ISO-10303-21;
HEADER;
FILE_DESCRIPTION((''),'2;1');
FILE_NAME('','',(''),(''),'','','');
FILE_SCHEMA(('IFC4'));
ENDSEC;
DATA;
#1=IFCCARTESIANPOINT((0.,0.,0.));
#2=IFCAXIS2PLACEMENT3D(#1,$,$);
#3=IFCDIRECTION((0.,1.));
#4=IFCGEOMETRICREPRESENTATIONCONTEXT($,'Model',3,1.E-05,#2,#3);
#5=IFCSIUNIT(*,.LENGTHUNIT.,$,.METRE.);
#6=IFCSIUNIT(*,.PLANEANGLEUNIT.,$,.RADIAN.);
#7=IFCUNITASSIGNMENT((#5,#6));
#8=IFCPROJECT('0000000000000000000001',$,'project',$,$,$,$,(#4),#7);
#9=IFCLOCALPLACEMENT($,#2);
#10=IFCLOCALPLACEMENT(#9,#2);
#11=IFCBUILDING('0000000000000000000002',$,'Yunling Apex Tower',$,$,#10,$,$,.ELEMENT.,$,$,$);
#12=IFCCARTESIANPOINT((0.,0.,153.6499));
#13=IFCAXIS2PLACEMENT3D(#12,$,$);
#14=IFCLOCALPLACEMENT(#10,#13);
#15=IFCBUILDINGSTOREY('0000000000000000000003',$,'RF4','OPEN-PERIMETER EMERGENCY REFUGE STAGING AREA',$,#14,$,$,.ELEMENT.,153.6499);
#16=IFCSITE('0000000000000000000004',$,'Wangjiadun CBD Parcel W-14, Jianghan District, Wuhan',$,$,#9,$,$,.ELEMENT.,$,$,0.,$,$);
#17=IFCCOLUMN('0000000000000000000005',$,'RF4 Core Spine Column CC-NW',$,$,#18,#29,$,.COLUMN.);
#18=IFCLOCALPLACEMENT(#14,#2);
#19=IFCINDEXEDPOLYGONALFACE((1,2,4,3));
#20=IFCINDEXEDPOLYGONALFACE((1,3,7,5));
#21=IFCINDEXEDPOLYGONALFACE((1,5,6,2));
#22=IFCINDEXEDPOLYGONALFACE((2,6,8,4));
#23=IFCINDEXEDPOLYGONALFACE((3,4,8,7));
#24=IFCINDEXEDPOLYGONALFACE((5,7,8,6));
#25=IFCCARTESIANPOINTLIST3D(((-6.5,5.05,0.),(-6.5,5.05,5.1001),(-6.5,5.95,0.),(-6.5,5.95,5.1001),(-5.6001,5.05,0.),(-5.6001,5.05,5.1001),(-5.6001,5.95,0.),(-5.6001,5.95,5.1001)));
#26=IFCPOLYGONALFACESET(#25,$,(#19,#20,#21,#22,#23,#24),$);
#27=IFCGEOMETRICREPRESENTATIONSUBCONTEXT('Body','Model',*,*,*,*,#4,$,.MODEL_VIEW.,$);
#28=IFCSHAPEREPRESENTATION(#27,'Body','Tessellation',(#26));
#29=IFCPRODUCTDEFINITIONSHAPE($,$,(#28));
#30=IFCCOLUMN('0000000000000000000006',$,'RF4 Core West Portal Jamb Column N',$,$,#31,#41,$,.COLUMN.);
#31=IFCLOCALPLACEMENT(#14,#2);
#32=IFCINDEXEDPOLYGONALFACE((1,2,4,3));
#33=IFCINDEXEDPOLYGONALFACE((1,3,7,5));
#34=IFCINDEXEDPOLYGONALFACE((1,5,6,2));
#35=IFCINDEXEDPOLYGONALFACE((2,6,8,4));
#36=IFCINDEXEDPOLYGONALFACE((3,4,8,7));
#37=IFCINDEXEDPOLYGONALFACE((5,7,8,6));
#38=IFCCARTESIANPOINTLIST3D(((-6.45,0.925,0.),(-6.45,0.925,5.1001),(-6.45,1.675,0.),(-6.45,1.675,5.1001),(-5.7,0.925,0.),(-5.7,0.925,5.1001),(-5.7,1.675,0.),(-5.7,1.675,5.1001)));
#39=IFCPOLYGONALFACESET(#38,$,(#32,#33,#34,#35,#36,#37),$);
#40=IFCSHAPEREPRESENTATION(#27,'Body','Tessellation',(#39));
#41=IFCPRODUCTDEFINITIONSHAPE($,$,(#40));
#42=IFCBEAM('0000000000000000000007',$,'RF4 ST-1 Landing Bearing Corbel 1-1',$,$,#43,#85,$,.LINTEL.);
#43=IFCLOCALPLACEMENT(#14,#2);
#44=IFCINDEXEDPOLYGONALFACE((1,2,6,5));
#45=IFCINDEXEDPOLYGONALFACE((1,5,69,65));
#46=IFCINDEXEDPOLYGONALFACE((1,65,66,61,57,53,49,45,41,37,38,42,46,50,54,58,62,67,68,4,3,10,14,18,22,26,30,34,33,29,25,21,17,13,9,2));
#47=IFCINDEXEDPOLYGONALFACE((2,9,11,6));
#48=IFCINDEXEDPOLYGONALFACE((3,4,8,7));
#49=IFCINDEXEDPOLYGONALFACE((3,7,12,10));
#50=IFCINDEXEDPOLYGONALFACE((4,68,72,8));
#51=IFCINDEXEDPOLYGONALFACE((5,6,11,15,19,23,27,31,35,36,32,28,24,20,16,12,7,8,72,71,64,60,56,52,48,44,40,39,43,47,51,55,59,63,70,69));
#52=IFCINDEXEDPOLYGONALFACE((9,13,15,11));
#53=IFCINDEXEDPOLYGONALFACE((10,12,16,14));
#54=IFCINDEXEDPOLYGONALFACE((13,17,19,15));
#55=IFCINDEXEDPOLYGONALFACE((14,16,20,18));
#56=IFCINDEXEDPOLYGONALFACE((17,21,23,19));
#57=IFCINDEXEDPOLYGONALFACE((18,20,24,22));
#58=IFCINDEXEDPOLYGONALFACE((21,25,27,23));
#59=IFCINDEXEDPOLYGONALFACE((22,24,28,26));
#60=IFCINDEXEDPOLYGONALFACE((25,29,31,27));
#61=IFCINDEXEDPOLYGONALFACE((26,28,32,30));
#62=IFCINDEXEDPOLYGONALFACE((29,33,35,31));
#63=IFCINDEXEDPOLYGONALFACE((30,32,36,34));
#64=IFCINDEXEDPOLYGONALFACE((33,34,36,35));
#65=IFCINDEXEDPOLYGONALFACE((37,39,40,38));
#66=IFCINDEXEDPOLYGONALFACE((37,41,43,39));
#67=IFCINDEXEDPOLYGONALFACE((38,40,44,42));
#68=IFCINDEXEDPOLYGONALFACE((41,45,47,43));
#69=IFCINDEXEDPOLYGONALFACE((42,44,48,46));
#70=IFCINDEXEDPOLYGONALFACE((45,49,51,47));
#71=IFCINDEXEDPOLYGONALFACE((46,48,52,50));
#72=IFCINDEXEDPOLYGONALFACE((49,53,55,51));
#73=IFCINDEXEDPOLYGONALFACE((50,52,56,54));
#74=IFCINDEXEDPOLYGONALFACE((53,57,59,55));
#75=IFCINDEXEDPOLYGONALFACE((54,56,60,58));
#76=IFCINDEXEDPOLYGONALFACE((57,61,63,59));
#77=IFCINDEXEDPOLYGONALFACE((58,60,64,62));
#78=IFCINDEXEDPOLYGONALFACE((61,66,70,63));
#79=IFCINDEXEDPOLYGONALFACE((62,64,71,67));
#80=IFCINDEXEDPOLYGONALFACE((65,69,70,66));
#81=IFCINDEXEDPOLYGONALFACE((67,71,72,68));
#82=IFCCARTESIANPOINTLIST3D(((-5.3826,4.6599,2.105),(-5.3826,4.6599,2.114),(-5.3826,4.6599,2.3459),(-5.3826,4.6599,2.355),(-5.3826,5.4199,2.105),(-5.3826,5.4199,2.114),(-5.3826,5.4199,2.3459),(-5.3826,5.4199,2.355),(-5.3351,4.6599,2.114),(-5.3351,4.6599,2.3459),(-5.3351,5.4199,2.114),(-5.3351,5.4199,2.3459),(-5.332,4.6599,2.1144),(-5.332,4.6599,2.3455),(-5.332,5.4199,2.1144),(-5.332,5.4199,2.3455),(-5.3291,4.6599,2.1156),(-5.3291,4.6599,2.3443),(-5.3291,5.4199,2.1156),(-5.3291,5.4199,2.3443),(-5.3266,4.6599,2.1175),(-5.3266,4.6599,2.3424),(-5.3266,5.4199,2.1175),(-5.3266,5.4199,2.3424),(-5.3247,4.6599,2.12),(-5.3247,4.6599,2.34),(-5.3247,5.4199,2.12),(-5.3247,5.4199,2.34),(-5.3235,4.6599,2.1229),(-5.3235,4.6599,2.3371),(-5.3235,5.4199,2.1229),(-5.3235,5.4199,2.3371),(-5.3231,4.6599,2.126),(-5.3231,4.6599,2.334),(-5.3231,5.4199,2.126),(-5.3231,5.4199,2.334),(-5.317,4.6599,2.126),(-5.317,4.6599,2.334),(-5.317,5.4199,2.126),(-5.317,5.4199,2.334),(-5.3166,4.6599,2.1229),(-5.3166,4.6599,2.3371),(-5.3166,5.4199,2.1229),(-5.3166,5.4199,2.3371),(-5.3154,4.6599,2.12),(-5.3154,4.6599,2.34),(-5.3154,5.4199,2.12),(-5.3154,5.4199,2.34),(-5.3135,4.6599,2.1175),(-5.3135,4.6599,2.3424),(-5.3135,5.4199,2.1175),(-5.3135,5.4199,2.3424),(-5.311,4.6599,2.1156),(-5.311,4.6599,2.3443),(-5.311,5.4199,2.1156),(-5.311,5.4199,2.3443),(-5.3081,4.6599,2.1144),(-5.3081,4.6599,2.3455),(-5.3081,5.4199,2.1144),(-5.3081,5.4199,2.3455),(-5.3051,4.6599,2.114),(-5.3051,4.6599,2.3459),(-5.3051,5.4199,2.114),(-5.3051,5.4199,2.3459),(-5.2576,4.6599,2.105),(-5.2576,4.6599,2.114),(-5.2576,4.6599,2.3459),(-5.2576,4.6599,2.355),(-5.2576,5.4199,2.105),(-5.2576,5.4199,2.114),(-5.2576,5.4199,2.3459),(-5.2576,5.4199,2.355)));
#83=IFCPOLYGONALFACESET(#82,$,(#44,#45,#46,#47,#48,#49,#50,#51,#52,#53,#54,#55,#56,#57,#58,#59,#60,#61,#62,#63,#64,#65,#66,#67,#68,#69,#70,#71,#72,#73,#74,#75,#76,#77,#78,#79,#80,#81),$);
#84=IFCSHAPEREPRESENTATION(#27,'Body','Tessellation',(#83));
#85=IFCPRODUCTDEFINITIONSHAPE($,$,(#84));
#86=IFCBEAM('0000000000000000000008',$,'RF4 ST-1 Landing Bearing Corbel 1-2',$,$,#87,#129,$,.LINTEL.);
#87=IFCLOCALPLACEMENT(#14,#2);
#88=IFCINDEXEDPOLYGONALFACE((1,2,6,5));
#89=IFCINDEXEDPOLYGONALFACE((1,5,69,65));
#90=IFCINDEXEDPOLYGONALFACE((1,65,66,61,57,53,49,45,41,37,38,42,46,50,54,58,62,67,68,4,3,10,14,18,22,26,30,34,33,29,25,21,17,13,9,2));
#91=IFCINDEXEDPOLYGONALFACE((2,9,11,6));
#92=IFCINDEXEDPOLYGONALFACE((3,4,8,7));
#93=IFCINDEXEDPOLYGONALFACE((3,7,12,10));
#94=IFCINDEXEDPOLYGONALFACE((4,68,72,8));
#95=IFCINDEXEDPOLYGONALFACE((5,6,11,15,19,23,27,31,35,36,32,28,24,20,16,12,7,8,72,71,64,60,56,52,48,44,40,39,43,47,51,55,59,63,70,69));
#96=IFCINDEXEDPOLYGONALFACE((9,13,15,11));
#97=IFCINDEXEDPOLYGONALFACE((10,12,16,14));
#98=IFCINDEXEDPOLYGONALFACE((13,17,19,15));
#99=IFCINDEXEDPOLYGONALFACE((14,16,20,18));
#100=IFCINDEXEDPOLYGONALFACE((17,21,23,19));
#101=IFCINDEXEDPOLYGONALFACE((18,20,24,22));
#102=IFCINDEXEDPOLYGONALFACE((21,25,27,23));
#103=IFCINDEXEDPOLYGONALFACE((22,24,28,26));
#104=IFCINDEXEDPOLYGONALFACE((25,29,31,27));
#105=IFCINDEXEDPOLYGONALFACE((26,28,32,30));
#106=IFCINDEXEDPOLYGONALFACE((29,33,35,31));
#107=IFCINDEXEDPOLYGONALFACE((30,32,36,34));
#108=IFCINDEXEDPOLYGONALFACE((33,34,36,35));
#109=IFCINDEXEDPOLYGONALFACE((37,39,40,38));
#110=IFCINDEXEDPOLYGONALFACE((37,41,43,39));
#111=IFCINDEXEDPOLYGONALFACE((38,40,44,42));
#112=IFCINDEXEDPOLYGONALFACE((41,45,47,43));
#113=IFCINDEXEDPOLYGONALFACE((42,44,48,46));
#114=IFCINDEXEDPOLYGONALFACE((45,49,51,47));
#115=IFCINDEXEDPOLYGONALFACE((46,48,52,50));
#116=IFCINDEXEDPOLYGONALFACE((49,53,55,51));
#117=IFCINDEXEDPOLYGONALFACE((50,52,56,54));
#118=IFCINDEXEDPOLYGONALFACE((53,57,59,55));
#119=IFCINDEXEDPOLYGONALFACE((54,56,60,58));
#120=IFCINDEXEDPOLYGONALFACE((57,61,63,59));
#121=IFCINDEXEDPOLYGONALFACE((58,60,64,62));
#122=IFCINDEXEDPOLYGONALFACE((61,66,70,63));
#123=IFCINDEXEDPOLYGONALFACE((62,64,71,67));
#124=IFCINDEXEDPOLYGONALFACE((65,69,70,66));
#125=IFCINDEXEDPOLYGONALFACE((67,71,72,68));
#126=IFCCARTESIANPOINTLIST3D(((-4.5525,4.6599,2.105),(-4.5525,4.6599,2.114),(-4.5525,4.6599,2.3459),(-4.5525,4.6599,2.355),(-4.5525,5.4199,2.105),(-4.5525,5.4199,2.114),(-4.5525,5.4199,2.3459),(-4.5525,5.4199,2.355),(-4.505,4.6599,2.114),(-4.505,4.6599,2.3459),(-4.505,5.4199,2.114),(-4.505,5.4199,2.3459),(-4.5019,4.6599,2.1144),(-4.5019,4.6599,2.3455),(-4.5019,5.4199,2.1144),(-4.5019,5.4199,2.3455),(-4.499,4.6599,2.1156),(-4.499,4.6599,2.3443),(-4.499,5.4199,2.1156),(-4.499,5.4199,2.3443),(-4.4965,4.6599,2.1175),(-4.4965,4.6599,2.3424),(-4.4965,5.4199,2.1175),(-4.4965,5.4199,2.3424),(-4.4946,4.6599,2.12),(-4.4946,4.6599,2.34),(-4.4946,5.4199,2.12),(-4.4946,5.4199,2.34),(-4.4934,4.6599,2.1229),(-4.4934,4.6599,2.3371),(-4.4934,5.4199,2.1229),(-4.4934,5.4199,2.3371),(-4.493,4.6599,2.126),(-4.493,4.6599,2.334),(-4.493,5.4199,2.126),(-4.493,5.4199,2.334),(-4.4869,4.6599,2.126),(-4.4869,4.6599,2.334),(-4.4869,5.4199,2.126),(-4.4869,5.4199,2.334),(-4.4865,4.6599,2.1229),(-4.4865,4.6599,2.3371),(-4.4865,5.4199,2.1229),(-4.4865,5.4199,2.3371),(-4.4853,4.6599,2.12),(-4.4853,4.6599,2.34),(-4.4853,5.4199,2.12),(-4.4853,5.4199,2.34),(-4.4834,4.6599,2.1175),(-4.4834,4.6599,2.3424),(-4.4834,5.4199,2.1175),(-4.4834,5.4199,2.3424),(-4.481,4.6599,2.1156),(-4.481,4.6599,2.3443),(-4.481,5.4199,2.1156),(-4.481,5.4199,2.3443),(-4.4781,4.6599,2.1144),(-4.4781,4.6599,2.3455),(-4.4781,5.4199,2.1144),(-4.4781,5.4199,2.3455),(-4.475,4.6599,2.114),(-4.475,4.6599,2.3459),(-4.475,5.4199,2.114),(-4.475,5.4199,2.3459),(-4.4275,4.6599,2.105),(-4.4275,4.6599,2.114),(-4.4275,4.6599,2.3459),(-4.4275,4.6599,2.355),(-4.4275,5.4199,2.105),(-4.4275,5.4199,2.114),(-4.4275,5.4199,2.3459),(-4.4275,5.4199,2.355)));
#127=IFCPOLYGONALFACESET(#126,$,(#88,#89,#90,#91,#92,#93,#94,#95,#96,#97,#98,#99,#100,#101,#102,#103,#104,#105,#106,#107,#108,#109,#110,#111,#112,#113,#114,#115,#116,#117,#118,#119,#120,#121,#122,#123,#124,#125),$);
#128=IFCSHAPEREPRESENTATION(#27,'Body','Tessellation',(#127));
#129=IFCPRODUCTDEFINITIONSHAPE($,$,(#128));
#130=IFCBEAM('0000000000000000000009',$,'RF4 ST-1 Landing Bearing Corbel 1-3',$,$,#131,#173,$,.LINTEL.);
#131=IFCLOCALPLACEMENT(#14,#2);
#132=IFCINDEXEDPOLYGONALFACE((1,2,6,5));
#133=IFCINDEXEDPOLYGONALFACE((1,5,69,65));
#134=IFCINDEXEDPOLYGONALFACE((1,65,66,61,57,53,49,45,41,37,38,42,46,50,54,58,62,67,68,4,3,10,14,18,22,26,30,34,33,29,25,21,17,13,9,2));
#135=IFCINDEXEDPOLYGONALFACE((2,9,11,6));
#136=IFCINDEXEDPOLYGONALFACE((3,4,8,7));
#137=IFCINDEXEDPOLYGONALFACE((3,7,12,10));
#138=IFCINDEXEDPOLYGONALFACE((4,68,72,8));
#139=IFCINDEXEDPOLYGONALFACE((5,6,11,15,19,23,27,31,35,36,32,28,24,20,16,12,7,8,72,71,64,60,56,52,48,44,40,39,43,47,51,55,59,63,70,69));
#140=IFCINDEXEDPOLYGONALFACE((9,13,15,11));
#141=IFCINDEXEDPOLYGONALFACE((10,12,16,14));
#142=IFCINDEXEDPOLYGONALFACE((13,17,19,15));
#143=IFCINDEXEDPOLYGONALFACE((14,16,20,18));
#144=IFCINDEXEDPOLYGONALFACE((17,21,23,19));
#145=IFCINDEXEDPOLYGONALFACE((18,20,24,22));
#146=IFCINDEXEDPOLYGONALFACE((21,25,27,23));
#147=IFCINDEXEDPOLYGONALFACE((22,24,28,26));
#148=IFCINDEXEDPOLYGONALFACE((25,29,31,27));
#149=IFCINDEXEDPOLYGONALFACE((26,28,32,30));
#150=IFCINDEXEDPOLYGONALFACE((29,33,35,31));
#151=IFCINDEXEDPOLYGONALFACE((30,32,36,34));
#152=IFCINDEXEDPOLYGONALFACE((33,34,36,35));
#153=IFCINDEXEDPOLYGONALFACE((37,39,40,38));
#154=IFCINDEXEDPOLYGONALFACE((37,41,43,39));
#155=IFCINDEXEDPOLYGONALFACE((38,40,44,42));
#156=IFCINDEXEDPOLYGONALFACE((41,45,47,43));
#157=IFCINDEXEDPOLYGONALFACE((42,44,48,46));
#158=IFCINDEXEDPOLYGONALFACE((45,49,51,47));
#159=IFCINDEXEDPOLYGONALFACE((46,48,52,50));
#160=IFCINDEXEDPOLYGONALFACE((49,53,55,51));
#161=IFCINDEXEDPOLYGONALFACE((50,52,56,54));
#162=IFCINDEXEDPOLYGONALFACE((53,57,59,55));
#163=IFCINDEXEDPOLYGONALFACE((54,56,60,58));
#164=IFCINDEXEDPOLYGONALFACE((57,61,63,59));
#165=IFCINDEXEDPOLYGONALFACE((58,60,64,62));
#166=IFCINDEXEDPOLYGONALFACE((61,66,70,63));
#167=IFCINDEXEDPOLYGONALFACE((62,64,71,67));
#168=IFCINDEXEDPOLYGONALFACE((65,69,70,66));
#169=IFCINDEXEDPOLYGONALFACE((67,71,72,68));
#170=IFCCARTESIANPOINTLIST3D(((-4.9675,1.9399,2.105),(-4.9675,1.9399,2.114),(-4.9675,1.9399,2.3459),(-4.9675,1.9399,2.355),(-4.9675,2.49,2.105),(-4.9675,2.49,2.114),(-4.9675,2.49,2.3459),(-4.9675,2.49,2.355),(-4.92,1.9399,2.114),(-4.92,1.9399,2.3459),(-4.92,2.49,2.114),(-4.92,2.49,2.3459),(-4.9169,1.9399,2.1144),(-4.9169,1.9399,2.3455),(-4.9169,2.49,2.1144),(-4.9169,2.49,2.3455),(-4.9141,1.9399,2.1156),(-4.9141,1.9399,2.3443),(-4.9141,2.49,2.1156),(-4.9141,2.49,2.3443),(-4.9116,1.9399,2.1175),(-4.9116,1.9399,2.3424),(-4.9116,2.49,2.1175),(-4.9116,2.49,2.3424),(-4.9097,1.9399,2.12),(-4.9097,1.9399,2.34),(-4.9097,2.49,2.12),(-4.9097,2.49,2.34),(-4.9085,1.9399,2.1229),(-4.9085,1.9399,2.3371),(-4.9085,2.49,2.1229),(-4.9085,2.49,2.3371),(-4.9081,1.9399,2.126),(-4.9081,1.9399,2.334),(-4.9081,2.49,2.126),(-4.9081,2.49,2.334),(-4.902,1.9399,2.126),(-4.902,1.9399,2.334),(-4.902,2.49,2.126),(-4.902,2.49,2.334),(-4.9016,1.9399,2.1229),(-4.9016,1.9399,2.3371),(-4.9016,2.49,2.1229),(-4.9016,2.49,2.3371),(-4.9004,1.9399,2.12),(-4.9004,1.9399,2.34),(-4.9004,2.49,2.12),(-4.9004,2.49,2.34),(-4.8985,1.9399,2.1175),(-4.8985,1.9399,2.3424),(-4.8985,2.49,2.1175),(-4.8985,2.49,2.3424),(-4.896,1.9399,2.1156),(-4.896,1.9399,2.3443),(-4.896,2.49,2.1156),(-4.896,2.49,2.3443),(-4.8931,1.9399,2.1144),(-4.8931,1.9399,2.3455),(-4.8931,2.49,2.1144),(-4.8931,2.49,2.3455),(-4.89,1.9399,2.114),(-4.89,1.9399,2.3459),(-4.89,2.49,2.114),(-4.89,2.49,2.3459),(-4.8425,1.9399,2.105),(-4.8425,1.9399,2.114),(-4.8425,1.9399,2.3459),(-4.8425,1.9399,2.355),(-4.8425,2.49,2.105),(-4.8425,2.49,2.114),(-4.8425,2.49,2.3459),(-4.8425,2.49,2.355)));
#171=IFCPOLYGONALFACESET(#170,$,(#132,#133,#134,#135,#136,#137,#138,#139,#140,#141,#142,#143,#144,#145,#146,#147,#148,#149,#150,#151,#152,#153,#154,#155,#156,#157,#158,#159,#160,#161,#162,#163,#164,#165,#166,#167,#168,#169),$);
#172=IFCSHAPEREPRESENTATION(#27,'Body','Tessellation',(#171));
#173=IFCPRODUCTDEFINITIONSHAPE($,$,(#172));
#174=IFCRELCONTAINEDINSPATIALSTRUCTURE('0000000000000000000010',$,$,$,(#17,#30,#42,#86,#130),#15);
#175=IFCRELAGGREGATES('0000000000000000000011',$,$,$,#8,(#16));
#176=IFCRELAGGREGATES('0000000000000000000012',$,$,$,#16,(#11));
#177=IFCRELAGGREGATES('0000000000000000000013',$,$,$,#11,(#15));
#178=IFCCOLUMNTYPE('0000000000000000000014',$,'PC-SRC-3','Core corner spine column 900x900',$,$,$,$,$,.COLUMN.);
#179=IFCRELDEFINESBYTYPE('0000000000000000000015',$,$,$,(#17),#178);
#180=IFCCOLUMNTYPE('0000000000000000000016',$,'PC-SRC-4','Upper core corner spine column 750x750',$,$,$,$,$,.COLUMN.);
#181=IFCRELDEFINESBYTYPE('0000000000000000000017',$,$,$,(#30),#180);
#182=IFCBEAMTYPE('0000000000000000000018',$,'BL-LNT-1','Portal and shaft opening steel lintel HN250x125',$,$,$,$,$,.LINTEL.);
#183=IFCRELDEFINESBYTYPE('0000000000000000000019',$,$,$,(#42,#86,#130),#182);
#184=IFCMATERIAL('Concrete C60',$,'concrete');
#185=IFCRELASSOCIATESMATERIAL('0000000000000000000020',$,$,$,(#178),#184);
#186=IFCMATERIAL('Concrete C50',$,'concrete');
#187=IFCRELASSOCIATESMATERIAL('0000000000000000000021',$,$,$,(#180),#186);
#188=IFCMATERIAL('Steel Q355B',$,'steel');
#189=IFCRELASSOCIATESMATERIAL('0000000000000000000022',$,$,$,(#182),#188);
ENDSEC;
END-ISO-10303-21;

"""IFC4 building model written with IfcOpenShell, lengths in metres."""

from ifc_helpers import new_model, si_unit, direction, frame, origin, origin_2d, place, context, subcontext, project, spatial, rectangle, i_section, extrude, source, transform, mapped, material, material_profile, profile_set, type_object, element, save


model = new_model("IFC4")

# Units and contexts
model_context = context("Model", 3, precision=1e-05, world=origin(), true_north=direction((0.0, 1.0)))
body_context = subcontext(model_context, "Body", "Model", "MODEL_VIEW")
ifc_project = project(units=[si_unit("LENGTHUNIT", "METRE"), si_unit("PLANEANGLEUNIT", "RADIAN")], contexts=[model_context])

# Site, building, storey
site_placement = place(None, origin())
site = spatial("IfcSite", under=ifc_project, at=site_placement, Name="Wangjiadun CBD Parcel W-14, Jianghan District, Wuhan", CompositionType="ELEMENT", RefElevation=0.0)
building_placement = place(site_placement, origin())
building = spatial("IfcBuilding", under=site, at=building_placement, Name="Yunling Apex Tower", CompositionType="ELEMENT")
storey_placement = place(building_placement, frame((0.0, 0.0, 153.6499)))
storey = spatial("IfcBuildingStorey", under=building, at=storey_placement, Name="RF4", Description="OPEN-PERIMETER EMERGENCY REFUGE STAGING AREA", CompositionType="ELEMENT", Elevation=153.6499)

# Columns
ifc_material_1 = material(Name="Concrete C60", Category="concrete")
ifc_material_profile_1 = material_profile(ifc_material_1, rectangle(XDim=0.8999, YDim=0.8999, at=origin_2d()))
ifc_profile_set_1 = profile_set([ifc_material_profile_1], Name="Concrete C60")
column_type_1 = type_object("IfcColumnType", Name="PC-SRC-3", Description="Core corner spine column 900x900", PredefinedType="COLUMN", material=ifc_profile_set_1)
shared_shape_1 = source(origin(), body_context, "Body", "SweptSolid", [
    extrude(rectangle(XDim=0.8999, YDim=0.8999, at=origin_2d()), origin(), (0.0, 0.0, 1.0), 5.1001),
])
column_1_placement = place(storey_placement, frame((-6.05, 5.5, 0.0), z_axis=(0.0, 0.0, 1.0), x_axis=(1.0, 0.0, 0.0)))
element("IfcColumn", 1, at=column_1_placement, inside=storey, type_object=column_type_1, Name="RF4 Core Spine Column CC-NW", PredefinedType="COLUMN", context=body_context, shape_type="MappedRepresentation", body=[
    mapped(shared_shape_1, transform((0.0, 0.0, 0.0), scale=1.0)),
])
ifc_material_2 = material(Name="Concrete C50", Category="concrete")
ifc_material_profile_2 = material_profile(ifc_material_2, rectangle(XDim=0.75, YDim=0.75, at=origin_2d()))
ifc_profile_set_2 = profile_set([ifc_material_profile_2], Name="Concrete C50")
column_type_2 = type_object("IfcColumnType", Name="PC-SRC-4", Description="Upper core corner spine column 750x750", PredefinedType="COLUMN", material=ifc_profile_set_2)
shared_shape_2 = source(origin(), body_context, "Body", "SweptSolid", [
    extrude(rectangle(XDim=0.75, YDim=0.75, at=origin_2d()), origin(), (0.0, 0.0, 1.0), 5.1001),
])
column_2_placement = place(storey_placement, frame((-6.075, 1.3, 0.0), z_axis=(0.0, 0.0, 1.0), x_axis=(1.0, 0.0, 0.0)))
element("IfcColumn", 2, at=column_2_placement, inside=storey, type_object=column_type_2, Name="RF4 Core West Portal Jamb Column N", PredefinedType="COLUMN", context=body_context, shape_type="MappedRepresentation", body=[
    mapped(shared_shape_2, transform((0.0, 0.0, 0.0), scale=1.0)),
])

# Beams
ifc_material_3 = material(Name="Steel Q355B", Category="steel")
ifc_material_profile_3 = material_profile(ifc_material_3, i_section(OverallWidth=0.125, OverallDepth=0.25, WebThickness=0.0061, FlangeThickness=0.009, FilletRadius=0.012, at=origin_2d()))
ifc_profile_set_3 = profile_set([ifc_material_profile_3], Name="Steel Q355B")
beam_type_1 = type_object("IfcBeamType", Name="BL-LNT-1", Description="Portal and shaft opening steel lintel HN250x125", PredefinedType="LINTEL", material=ifc_profile_set_3)
shared_shape_3 = source(origin(), body_context, "Body", "SweptSolid", [
    extrude(i_section(OverallWidth=0.125, OverallDepth=0.25, WebThickness=0.0061, FlangeThickness=0.009, FilletRadius=0.012, at=origin_2d()), origin(), (0.0, 0.0, 1.0), 0.76),
])
for number, where, z_axis, x_axis, name in (
    (3, (-5.3201, 5.4199, 2.23), (0.0, -1.0, 0.0), (1.0, 0.0, 0.0), "RF4 ST-1 Landing Bearing Corbel 1-1"),
    (4, (-4.49, 5.4199, 2.23), (0.0, -1.0, 0.0), (1.0, 0.0, 0.0), "RF4 ST-1 Landing Bearing Corbel 1-2"),
):
    element("IfcBeam", number, at=place(storey_placement, frame(where, z_axis=z_axis, x_axis=x_axis)), inside=storey, type_object=beam_type_1, Name=name, PredefinedType="LINTEL", context=body_context, shape_type="MappedRepresentation", body=[
        mapped(shared_shape_3, transform((0.0, 0.0, 0.0), scale=1.0)),
    ])
shared_shape_4 = source(origin(), body_context, "Body", "SweptSolid", [
    extrude(i_section(OverallWidth=0.125, OverallDepth=0.25, WebThickness=0.0061, FlangeThickness=0.009, FilletRadius=0.012, at=origin_2d()), origin(), (0.0, 0.0, 1.0), 0.55),
])
beam_1_placement = place(storey_placement, frame((-4.905, 1.9399, 2.23), z_axis=(0.0, 1.0, 0.0), x_axis=(-1.0, 0.0, 0.0)))
element("IfcBeam", 5, at=beam_1_placement, inside=storey, type_object=beam_type_1, Name="RF4 ST-1 Landing Bearing Corbel 1-3", PredefinedType="LINTEL", context=body_context, shape_type="MappedRepresentation", body=[
    mapped(shared_shape_4, transform((0.0, 0.0, 0.0), scale=1.0)),
])

save(model, "model.ifc")
